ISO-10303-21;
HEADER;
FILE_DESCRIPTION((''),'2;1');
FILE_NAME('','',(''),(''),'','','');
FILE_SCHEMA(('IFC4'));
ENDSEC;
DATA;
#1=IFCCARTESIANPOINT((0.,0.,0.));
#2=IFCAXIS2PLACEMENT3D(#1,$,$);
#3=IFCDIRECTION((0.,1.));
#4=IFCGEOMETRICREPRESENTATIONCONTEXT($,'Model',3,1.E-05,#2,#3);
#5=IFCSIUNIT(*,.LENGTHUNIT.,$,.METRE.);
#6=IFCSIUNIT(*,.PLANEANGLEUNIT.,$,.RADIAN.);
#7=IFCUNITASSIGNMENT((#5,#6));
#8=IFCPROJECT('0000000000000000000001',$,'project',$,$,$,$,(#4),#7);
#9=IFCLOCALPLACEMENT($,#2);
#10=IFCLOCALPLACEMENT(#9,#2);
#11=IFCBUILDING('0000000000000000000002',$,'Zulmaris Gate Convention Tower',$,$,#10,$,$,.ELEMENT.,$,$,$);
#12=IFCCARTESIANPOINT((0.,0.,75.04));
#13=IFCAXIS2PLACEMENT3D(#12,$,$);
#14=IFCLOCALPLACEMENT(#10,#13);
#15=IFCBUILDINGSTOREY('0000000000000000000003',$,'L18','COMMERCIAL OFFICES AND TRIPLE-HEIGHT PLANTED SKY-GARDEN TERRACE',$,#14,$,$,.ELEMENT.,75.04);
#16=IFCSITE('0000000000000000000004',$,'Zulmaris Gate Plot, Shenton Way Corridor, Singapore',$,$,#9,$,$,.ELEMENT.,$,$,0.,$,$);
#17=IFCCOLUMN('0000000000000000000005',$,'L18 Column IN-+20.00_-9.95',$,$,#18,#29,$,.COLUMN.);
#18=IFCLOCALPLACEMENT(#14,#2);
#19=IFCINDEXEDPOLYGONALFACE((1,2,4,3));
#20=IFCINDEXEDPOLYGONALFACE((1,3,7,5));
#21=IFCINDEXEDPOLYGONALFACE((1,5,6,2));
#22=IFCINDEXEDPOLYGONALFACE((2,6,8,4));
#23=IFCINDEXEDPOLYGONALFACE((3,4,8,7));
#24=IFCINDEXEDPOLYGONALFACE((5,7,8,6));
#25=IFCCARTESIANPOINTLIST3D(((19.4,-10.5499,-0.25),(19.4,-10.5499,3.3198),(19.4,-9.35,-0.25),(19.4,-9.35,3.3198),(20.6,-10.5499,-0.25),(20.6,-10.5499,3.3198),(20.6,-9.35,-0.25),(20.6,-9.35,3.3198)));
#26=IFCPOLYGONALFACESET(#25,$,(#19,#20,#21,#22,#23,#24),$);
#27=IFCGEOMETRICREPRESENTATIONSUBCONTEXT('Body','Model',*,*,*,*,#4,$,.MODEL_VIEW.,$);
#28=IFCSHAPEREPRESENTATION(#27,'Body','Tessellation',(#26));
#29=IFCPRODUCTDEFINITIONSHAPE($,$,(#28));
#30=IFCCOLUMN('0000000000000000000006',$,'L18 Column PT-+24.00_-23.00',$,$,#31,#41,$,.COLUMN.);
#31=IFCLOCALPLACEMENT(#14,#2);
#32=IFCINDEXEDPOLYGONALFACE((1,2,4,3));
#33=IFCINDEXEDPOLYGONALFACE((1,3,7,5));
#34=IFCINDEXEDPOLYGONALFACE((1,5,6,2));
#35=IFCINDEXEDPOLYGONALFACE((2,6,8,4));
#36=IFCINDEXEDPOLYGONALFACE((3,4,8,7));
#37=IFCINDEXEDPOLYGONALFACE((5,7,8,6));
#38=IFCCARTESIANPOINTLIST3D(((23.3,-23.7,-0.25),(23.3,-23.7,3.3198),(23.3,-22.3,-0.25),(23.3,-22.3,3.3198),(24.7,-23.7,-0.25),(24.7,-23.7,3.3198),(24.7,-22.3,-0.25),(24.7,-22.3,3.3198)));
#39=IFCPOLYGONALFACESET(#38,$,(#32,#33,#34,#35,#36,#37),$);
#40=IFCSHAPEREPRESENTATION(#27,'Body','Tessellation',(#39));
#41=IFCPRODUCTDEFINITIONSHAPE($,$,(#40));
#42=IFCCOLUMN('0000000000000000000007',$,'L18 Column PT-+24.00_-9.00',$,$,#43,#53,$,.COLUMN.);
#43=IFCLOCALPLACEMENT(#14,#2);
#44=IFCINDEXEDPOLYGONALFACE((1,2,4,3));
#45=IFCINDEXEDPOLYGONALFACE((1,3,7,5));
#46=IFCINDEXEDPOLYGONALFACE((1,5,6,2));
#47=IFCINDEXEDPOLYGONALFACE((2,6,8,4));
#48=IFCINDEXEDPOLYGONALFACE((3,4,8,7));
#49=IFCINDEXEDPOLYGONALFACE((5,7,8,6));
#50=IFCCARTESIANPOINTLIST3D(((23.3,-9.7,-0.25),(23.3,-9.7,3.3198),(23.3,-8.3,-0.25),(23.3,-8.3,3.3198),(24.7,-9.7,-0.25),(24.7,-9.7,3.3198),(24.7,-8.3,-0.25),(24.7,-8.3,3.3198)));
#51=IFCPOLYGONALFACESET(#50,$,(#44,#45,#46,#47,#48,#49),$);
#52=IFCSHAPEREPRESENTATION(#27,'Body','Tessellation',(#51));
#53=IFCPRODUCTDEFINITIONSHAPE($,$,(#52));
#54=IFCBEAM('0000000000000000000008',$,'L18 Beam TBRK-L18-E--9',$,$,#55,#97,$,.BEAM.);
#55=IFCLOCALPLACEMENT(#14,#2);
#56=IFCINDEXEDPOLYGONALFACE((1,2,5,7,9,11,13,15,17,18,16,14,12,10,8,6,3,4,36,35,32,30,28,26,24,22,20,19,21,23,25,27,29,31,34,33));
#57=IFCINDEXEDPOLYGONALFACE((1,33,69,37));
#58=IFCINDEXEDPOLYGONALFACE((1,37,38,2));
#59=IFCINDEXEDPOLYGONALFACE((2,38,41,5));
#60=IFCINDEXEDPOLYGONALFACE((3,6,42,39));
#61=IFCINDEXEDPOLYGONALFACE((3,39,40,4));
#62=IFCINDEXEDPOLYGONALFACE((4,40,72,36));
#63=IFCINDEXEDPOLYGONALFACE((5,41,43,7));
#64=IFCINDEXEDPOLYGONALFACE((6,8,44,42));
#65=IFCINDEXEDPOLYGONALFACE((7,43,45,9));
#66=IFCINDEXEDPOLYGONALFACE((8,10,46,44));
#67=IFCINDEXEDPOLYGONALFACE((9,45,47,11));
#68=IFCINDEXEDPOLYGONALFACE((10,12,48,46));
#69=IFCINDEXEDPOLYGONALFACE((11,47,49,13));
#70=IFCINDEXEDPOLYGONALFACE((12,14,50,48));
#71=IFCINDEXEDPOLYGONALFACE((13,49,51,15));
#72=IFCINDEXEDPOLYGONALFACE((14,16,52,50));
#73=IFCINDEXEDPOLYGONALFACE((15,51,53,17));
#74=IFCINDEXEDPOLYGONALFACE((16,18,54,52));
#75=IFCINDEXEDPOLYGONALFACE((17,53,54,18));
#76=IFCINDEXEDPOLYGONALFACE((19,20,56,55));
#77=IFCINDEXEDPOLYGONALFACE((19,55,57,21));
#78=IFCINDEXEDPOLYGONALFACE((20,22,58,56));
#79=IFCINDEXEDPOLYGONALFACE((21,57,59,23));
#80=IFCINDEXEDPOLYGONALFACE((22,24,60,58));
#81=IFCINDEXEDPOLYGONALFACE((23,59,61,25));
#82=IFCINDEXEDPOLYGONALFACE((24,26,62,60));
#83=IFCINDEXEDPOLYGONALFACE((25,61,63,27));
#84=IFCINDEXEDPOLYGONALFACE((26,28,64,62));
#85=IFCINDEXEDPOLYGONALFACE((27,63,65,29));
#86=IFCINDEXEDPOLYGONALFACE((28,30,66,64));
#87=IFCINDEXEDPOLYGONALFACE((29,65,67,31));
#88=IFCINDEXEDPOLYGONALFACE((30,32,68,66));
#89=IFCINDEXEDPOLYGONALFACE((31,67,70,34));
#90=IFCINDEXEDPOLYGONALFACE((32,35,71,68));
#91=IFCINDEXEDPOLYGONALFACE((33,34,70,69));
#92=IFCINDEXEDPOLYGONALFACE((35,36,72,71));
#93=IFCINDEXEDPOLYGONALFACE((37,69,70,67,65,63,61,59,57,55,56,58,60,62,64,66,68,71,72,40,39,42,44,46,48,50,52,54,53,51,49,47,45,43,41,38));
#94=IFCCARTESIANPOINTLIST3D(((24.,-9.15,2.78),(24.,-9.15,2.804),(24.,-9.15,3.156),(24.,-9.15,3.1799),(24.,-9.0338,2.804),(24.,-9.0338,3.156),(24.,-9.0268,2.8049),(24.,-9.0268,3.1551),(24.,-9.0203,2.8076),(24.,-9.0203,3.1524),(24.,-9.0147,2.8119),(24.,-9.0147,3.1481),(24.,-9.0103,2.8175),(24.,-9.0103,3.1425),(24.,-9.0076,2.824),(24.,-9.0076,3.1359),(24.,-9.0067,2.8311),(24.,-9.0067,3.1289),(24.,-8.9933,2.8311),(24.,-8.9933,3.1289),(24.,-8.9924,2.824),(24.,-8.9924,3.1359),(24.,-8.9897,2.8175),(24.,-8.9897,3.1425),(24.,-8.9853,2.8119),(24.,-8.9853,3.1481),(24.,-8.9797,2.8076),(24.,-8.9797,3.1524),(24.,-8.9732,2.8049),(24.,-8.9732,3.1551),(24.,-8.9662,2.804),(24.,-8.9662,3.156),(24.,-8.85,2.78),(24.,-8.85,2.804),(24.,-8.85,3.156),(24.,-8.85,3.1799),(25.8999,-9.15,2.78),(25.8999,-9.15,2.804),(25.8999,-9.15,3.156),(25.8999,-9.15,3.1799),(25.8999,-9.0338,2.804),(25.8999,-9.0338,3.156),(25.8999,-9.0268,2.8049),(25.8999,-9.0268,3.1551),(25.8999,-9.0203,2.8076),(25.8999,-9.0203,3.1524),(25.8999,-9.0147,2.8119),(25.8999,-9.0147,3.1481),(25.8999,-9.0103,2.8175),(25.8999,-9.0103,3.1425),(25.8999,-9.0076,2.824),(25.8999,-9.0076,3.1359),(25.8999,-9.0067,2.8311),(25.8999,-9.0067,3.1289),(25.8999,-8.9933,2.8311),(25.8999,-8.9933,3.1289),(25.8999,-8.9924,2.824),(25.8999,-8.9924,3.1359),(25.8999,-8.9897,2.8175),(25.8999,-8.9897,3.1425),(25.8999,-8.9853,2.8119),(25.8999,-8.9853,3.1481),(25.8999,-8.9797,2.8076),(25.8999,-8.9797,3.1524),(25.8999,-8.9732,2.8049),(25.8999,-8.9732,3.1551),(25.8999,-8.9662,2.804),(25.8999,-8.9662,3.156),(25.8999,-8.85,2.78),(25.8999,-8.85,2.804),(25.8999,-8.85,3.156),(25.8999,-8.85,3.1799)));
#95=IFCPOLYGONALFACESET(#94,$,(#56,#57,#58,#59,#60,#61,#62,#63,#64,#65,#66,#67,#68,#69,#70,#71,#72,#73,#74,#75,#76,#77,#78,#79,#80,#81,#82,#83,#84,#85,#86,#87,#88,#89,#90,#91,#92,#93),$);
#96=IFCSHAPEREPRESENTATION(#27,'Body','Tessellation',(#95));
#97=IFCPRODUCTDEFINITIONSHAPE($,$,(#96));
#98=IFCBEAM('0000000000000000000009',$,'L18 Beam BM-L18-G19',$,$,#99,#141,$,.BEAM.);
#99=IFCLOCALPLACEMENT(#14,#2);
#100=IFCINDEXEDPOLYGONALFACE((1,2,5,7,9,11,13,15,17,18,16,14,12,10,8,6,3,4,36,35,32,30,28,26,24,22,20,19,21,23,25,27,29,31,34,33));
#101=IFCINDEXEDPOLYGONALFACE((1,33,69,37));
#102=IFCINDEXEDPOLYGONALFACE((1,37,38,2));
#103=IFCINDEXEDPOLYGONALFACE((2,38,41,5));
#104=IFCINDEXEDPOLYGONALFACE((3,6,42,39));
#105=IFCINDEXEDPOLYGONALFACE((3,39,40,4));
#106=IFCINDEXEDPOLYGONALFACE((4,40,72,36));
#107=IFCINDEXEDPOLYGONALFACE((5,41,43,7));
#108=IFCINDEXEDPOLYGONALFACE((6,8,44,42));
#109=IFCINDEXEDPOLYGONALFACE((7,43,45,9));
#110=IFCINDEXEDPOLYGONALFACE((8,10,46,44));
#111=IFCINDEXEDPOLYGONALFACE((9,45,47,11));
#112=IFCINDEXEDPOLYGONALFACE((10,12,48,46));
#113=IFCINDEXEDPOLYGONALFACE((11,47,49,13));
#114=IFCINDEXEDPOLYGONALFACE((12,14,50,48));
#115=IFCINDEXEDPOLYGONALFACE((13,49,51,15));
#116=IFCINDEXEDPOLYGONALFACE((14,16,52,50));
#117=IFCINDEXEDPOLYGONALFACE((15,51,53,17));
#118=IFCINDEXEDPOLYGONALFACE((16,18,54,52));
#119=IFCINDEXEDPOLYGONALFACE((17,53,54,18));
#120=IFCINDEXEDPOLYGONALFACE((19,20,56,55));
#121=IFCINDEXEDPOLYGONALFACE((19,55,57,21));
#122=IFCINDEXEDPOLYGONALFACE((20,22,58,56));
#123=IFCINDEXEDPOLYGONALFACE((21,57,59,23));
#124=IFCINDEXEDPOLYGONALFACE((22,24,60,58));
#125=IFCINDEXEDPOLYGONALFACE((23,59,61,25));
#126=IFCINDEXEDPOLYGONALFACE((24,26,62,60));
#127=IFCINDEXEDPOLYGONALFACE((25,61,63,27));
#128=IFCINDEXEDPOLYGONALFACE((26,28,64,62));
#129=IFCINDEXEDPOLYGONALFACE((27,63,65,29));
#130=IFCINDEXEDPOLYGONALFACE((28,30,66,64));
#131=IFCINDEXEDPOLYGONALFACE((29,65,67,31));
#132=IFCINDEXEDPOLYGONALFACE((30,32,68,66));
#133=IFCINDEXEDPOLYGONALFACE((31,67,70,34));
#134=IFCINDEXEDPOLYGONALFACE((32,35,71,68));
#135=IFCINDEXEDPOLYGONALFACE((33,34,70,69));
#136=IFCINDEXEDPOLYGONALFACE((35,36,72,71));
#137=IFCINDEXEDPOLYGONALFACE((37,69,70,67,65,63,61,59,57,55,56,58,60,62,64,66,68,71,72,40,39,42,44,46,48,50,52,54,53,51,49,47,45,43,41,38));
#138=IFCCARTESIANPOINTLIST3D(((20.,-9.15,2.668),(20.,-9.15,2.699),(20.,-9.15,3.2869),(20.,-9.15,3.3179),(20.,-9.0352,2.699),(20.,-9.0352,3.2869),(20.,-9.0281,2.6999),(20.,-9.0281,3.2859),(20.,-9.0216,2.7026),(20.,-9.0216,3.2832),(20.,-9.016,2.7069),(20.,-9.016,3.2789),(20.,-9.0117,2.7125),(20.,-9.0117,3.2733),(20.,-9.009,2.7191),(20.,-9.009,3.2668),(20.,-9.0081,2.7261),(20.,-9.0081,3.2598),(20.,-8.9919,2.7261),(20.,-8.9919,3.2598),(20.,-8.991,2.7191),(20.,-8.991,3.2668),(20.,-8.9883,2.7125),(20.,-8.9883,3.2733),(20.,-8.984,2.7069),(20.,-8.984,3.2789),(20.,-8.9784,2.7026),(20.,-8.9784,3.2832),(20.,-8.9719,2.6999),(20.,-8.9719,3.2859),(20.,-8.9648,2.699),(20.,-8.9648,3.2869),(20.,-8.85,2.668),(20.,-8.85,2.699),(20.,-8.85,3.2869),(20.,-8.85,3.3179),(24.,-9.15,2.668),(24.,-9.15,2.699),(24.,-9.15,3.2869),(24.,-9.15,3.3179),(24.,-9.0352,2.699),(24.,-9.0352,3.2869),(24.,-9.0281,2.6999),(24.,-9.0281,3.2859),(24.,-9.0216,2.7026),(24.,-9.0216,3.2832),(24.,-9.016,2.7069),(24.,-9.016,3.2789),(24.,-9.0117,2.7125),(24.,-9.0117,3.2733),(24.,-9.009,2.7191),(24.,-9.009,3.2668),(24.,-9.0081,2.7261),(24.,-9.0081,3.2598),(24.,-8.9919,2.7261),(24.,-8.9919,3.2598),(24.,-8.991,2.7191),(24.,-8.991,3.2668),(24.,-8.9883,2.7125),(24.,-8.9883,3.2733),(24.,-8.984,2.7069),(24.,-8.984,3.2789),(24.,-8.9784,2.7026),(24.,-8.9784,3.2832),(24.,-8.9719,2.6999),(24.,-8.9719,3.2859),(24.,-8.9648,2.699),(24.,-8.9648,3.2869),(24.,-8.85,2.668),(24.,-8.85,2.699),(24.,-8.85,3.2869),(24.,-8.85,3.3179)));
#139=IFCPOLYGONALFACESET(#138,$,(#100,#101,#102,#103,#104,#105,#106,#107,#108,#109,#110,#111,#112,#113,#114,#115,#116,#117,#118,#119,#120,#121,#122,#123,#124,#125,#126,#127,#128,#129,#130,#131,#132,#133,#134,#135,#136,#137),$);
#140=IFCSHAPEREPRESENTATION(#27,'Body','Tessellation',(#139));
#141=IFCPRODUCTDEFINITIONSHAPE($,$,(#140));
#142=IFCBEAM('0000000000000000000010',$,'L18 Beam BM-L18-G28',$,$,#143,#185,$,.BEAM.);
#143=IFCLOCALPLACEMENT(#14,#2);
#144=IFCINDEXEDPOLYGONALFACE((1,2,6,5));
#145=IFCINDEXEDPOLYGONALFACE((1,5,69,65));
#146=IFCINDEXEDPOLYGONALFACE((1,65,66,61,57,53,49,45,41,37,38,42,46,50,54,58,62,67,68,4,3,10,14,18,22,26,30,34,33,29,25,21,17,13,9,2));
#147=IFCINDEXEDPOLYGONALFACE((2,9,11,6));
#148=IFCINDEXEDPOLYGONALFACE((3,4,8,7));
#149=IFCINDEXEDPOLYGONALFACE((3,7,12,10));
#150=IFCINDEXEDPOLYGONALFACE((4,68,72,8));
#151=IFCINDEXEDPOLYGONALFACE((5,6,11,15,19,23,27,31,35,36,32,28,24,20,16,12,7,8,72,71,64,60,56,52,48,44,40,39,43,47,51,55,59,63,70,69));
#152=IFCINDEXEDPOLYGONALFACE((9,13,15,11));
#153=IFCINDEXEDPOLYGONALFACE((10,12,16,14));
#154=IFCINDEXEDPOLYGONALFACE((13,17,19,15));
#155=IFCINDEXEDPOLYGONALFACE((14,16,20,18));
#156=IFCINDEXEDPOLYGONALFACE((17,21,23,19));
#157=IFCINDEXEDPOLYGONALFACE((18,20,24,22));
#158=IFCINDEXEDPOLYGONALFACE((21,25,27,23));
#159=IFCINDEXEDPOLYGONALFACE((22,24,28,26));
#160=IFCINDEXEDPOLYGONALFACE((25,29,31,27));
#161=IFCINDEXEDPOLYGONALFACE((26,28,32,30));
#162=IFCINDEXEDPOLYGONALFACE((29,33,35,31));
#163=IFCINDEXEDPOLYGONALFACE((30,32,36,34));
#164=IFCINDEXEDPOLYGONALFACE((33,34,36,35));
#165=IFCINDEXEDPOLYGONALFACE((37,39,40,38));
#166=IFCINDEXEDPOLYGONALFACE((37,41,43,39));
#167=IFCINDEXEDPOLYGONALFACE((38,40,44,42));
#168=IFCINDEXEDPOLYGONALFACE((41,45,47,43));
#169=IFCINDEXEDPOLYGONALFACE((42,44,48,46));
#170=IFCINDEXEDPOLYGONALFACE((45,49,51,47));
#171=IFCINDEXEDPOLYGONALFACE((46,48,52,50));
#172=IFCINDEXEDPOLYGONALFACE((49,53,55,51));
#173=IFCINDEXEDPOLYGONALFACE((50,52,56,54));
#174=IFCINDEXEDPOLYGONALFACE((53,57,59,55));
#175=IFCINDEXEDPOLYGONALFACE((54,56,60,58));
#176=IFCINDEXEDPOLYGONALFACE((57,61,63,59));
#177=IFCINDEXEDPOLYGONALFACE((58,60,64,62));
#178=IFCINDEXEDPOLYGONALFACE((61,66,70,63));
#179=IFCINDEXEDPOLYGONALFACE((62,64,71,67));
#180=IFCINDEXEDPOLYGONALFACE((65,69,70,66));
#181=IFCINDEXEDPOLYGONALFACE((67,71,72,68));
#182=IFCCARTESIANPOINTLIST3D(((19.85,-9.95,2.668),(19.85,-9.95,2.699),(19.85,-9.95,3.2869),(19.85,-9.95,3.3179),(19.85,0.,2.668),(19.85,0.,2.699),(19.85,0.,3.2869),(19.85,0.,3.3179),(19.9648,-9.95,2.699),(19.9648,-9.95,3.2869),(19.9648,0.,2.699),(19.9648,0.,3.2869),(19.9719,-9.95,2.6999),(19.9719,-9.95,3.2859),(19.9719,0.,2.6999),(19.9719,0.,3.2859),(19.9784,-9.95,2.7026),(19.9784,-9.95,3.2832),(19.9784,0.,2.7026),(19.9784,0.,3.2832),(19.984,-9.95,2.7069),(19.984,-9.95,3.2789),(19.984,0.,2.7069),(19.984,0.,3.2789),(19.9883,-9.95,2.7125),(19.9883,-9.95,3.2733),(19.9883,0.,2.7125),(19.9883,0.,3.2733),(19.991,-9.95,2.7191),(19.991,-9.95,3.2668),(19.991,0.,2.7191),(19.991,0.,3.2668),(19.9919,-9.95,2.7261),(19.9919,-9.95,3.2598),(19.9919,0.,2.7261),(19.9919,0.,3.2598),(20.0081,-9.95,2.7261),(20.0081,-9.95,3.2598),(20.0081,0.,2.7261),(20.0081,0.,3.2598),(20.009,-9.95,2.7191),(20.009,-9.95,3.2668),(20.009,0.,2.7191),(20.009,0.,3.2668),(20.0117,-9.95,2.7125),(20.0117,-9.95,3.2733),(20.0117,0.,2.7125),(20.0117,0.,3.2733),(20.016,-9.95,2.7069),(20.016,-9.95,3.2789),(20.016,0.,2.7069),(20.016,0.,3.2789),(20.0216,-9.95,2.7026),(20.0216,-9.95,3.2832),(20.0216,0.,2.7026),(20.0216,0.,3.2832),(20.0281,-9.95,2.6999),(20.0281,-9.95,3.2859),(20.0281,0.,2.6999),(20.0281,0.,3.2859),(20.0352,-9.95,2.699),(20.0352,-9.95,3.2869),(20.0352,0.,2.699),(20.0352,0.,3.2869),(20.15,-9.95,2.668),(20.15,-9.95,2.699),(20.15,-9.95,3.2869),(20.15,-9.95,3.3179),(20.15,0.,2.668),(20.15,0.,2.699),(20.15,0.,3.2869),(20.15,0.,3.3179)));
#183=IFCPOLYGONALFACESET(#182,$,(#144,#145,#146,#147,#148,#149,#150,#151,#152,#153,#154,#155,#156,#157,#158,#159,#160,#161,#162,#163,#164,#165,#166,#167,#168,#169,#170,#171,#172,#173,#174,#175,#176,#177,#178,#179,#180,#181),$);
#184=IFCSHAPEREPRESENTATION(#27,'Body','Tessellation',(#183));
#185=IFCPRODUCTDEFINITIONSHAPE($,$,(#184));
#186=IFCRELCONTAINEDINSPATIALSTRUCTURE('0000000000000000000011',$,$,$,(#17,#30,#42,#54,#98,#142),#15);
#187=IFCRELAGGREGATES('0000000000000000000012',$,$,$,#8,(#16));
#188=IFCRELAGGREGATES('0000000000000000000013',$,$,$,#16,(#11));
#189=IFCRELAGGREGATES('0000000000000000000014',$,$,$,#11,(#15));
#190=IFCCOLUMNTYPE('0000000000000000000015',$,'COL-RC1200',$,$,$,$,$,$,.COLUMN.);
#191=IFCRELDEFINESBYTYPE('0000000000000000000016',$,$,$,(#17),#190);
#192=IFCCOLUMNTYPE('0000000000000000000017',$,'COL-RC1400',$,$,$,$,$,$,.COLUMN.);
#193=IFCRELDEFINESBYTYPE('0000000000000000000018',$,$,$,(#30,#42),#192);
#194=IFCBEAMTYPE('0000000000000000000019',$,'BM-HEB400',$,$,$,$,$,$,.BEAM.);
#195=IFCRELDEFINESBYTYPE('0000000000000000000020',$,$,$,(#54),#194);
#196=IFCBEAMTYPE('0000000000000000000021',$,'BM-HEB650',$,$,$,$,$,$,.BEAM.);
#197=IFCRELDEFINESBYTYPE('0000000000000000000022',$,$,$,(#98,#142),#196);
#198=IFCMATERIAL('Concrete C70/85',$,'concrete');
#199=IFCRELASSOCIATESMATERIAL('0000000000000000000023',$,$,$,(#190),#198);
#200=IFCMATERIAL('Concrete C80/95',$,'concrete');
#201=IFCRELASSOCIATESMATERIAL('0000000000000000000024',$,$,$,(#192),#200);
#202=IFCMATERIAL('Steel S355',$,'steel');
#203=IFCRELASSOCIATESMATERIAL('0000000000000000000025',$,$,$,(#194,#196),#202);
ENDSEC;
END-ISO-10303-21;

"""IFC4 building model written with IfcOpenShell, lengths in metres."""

from ifc_helpers import new_model, si_unit, direction, frame, origin, origin_2d, place, context, subcontext, project, spatial, rectangle, i_section, extrude, material, material_profile, profile_set, type_object, element, save


model = new_model("IFC4")

# Units and contexts
model_context = context("Model", 3, precision=1e-05, world=origin(), true_north=direction((0.0, 1.0)))
body_context = subcontext(model_context, "Body", "Model", "MODEL_VIEW")
ifc_project = project(units=[si_unit("LENGTHUNIT", "METRE"), si_unit("PLANEANGLEUNIT", "RADIAN")], contexts=[model_context])

# Site, building, storey
site_placement = place(None, origin())
site = spatial("IfcSite", under=ifc_project, at=site_placement, Name="Zulmaris Gate Plot, Shenton Way Corridor, Singapore", CompositionType="ELEMENT", RefElevation=0.0)
building_placement = place(site_placement, origin())
building = spatial("IfcBuilding", under=site, at=building_placement, Name="Zulmaris Gate Convention Tower", CompositionType="ELEMENT")
storey_placement = place(building_placement, frame((0.0, 0.0, 75.04)))
storey = spatial("IfcBuildingStorey", under=building, at=storey_placement, Name="L18", Description="COMMERCIAL OFFICES AND TRIPLE-HEIGHT PLANTED SKY-GARDEN TERRACE", CompositionType="ELEMENT", Elevation=75.04)

# Columns
ifc_material_1 = material(Name="Concrete C70/85", Category="concrete")
ifc_material_profile_1 = material_profile(ifc_material_1, rectangle(XDim=1.2, YDim=1.2, at=origin_2d()), Name="RC COL 1200x1200")
ifc_profile_set_1 = profile_set([ifc_material_profile_1], Name="Concrete C70/85")
column_type_1 = type_object("IfcColumnType", Name="COL-RC1200", PredefinedType="COLUMN", material=ifc_profile_set_1)
column_placement = place(storey_placement, frame((20.0, -9.95, -0.25), z_axis=(0.0, 0.0, 1.0), x_axis=(1.0, 0.0, 0.0)))
element("IfcColumn", 1, at=column_placement, inside=storey, type_object=column_type_1, Name="L18 Column IN-+20.00_-9.95", PredefinedType="COLUMN", context=body_context, shape_type="SweptSolid", body=[
    extrude(rectangle(XDim=1.2, YDim=1.2, at=origin_2d()), origin(), (0.0, 0.0, 1.0), 3.5698),
])
ifc_material_2 = material(Name="Concrete C80/95", Category="concrete")
ifc_material_profile_2 = material_profile(ifc_material_2, rectangle(XDim=1.3999, YDim=1.3999, at=origin_2d()), Name="RC COL 1400x1400")
ifc_profile_set_2 = profile_set([ifc_material_profile_2], Name="Concrete C80/95")
column_type_2 = type_object("IfcColumnType", Name="COL-RC1400", PredefinedType="COLUMN", material=ifc_profile_set_2)
for number, where, z_axis, x_axis, name in (
    (2, (24.0, -23.0, -0.25), (0.0, 0.0, 1.0), (1.0, 0.0, 0.0), "L18 Column PT-+24.00_-23.00"),
    (3, (24.0, -9.0, -0.25), (0.0, 0.0, 1.0), (1.0, 0.0, 0.0), "L18 Column PT-+24.00_-9.00"),
):
    element("IfcColumn", number, at=place(storey_placement, frame(where, z_axis=z_axis, x_axis=x_axis)), inside=storey, type_object=column_type_2, Name=name, PredefinedType="COLUMN", context=body_context, shape_type="SweptSolid", body=[
        extrude(rectangle(XDim=1.3999, YDim=1.3999, at=origin_2d()), origin(), (0.0, 0.0, 1.0), 3.5698),
    ])

# Beams
ifc_material_3 = material(Name="Steel S355", Category="steel")
ifc_material_profile_3 = material_profile(ifc_material_3, i_section(OverallWidth=0.3, OverallDepth=0.3999, WebThickness=0.0134, FlangeThickness=0.0239, FilletRadius=0.0271, at=origin_2d()), Name="HEB 400")
ifc_profile_set_3 = profile_set([ifc_material_profile_3], Name="Steel S355")
beam_type_1 = type_object("IfcBeamType", Name="BM-HEB400", PredefinedType="BEAM", material=ifc_profile_set_3)
beam_1_placement = place(storey_placement, frame((24.0, -9.0, 2.98), z_axis=(1.0, 0.0, 0.0), x_axis=(0.0, 1.0, 0.0)))
element("IfcBeam", 4, at=beam_1_placement, inside=storey, type_object=beam_type_1, Name="L18 Beam TBRK-L18-E--9", PredefinedType="BEAM", context=body_context, shape_type="SweptSolid", body=[
    extrude(i_section(OverallWidth=0.3, OverallDepth=0.3999, WebThickness=0.0134, FlangeThickness=0.0239, FilletRadius=0.0271, at=origin_2d()), origin(), (0.0, 0.0, 1.0), 1.8999),
])
ifc_material_profile_4 = material_profile(ifc_material_3, i_section(OverallWidth=0.3, OverallDepth=0.6499, WebThickness=0.0161, FlangeThickness=0.031, FilletRadius=0.0271, at=origin_2d()), Name="HEB 650")
ifc_profile_set_4 = profile_set([ifc_material_profile_4], Name="Steel S355")
beam_type_2 = type_object("IfcBeamType", Name="BM-HEB650", PredefinedType="BEAM", material=ifc_profile_set_4)
beam_2_placement = place(storey_placement, frame((20.0, -9.0, 2.9929), z_axis=(1.0, 0.0, 0.0), x_axis=(0.0, 1.0, 0.0)))
element("IfcBeam", 5, at=beam_2_placement, inside=storey, type_object=beam_type_2, Name="L18 Beam BM-L18-G19", PredefinedType="BEAM", context=body_context, shape_type="SweptSolid", body=[
    extrude(i_section(OverallWidth=0.3, OverallDepth=0.6499, WebThickness=0.0161, FlangeThickness=0.031, FilletRadius=0.0271, at=origin_2d()), origin(), (0.0, 0.0, 1.0), 4.0),
])
beam_3_placement = place(storey_placement, frame((20.0, -9.95, 2.9929), z_axis=(0.0, 1.0, 0.0), x_axis=(-1.0, 0.0, 0.0)))
element("IfcBeam", 6, at=beam_3_placement, inside=storey, type_object=beam_type_2, Name="L18 Beam BM-L18-G28", PredefinedType="BEAM", context=body_context, shape_type="SweptSolid", body=[
    extrude(i_section(OverallWidth=0.3, OverallDepth=0.6499, WebThickness=0.0161, FlangeThickness=0.031, FilletRadius=0.0271, at=origin_2d()), origin(), (0.0, 0.0, 1.0), 9.95),
])

save(model, "model.ifc")
